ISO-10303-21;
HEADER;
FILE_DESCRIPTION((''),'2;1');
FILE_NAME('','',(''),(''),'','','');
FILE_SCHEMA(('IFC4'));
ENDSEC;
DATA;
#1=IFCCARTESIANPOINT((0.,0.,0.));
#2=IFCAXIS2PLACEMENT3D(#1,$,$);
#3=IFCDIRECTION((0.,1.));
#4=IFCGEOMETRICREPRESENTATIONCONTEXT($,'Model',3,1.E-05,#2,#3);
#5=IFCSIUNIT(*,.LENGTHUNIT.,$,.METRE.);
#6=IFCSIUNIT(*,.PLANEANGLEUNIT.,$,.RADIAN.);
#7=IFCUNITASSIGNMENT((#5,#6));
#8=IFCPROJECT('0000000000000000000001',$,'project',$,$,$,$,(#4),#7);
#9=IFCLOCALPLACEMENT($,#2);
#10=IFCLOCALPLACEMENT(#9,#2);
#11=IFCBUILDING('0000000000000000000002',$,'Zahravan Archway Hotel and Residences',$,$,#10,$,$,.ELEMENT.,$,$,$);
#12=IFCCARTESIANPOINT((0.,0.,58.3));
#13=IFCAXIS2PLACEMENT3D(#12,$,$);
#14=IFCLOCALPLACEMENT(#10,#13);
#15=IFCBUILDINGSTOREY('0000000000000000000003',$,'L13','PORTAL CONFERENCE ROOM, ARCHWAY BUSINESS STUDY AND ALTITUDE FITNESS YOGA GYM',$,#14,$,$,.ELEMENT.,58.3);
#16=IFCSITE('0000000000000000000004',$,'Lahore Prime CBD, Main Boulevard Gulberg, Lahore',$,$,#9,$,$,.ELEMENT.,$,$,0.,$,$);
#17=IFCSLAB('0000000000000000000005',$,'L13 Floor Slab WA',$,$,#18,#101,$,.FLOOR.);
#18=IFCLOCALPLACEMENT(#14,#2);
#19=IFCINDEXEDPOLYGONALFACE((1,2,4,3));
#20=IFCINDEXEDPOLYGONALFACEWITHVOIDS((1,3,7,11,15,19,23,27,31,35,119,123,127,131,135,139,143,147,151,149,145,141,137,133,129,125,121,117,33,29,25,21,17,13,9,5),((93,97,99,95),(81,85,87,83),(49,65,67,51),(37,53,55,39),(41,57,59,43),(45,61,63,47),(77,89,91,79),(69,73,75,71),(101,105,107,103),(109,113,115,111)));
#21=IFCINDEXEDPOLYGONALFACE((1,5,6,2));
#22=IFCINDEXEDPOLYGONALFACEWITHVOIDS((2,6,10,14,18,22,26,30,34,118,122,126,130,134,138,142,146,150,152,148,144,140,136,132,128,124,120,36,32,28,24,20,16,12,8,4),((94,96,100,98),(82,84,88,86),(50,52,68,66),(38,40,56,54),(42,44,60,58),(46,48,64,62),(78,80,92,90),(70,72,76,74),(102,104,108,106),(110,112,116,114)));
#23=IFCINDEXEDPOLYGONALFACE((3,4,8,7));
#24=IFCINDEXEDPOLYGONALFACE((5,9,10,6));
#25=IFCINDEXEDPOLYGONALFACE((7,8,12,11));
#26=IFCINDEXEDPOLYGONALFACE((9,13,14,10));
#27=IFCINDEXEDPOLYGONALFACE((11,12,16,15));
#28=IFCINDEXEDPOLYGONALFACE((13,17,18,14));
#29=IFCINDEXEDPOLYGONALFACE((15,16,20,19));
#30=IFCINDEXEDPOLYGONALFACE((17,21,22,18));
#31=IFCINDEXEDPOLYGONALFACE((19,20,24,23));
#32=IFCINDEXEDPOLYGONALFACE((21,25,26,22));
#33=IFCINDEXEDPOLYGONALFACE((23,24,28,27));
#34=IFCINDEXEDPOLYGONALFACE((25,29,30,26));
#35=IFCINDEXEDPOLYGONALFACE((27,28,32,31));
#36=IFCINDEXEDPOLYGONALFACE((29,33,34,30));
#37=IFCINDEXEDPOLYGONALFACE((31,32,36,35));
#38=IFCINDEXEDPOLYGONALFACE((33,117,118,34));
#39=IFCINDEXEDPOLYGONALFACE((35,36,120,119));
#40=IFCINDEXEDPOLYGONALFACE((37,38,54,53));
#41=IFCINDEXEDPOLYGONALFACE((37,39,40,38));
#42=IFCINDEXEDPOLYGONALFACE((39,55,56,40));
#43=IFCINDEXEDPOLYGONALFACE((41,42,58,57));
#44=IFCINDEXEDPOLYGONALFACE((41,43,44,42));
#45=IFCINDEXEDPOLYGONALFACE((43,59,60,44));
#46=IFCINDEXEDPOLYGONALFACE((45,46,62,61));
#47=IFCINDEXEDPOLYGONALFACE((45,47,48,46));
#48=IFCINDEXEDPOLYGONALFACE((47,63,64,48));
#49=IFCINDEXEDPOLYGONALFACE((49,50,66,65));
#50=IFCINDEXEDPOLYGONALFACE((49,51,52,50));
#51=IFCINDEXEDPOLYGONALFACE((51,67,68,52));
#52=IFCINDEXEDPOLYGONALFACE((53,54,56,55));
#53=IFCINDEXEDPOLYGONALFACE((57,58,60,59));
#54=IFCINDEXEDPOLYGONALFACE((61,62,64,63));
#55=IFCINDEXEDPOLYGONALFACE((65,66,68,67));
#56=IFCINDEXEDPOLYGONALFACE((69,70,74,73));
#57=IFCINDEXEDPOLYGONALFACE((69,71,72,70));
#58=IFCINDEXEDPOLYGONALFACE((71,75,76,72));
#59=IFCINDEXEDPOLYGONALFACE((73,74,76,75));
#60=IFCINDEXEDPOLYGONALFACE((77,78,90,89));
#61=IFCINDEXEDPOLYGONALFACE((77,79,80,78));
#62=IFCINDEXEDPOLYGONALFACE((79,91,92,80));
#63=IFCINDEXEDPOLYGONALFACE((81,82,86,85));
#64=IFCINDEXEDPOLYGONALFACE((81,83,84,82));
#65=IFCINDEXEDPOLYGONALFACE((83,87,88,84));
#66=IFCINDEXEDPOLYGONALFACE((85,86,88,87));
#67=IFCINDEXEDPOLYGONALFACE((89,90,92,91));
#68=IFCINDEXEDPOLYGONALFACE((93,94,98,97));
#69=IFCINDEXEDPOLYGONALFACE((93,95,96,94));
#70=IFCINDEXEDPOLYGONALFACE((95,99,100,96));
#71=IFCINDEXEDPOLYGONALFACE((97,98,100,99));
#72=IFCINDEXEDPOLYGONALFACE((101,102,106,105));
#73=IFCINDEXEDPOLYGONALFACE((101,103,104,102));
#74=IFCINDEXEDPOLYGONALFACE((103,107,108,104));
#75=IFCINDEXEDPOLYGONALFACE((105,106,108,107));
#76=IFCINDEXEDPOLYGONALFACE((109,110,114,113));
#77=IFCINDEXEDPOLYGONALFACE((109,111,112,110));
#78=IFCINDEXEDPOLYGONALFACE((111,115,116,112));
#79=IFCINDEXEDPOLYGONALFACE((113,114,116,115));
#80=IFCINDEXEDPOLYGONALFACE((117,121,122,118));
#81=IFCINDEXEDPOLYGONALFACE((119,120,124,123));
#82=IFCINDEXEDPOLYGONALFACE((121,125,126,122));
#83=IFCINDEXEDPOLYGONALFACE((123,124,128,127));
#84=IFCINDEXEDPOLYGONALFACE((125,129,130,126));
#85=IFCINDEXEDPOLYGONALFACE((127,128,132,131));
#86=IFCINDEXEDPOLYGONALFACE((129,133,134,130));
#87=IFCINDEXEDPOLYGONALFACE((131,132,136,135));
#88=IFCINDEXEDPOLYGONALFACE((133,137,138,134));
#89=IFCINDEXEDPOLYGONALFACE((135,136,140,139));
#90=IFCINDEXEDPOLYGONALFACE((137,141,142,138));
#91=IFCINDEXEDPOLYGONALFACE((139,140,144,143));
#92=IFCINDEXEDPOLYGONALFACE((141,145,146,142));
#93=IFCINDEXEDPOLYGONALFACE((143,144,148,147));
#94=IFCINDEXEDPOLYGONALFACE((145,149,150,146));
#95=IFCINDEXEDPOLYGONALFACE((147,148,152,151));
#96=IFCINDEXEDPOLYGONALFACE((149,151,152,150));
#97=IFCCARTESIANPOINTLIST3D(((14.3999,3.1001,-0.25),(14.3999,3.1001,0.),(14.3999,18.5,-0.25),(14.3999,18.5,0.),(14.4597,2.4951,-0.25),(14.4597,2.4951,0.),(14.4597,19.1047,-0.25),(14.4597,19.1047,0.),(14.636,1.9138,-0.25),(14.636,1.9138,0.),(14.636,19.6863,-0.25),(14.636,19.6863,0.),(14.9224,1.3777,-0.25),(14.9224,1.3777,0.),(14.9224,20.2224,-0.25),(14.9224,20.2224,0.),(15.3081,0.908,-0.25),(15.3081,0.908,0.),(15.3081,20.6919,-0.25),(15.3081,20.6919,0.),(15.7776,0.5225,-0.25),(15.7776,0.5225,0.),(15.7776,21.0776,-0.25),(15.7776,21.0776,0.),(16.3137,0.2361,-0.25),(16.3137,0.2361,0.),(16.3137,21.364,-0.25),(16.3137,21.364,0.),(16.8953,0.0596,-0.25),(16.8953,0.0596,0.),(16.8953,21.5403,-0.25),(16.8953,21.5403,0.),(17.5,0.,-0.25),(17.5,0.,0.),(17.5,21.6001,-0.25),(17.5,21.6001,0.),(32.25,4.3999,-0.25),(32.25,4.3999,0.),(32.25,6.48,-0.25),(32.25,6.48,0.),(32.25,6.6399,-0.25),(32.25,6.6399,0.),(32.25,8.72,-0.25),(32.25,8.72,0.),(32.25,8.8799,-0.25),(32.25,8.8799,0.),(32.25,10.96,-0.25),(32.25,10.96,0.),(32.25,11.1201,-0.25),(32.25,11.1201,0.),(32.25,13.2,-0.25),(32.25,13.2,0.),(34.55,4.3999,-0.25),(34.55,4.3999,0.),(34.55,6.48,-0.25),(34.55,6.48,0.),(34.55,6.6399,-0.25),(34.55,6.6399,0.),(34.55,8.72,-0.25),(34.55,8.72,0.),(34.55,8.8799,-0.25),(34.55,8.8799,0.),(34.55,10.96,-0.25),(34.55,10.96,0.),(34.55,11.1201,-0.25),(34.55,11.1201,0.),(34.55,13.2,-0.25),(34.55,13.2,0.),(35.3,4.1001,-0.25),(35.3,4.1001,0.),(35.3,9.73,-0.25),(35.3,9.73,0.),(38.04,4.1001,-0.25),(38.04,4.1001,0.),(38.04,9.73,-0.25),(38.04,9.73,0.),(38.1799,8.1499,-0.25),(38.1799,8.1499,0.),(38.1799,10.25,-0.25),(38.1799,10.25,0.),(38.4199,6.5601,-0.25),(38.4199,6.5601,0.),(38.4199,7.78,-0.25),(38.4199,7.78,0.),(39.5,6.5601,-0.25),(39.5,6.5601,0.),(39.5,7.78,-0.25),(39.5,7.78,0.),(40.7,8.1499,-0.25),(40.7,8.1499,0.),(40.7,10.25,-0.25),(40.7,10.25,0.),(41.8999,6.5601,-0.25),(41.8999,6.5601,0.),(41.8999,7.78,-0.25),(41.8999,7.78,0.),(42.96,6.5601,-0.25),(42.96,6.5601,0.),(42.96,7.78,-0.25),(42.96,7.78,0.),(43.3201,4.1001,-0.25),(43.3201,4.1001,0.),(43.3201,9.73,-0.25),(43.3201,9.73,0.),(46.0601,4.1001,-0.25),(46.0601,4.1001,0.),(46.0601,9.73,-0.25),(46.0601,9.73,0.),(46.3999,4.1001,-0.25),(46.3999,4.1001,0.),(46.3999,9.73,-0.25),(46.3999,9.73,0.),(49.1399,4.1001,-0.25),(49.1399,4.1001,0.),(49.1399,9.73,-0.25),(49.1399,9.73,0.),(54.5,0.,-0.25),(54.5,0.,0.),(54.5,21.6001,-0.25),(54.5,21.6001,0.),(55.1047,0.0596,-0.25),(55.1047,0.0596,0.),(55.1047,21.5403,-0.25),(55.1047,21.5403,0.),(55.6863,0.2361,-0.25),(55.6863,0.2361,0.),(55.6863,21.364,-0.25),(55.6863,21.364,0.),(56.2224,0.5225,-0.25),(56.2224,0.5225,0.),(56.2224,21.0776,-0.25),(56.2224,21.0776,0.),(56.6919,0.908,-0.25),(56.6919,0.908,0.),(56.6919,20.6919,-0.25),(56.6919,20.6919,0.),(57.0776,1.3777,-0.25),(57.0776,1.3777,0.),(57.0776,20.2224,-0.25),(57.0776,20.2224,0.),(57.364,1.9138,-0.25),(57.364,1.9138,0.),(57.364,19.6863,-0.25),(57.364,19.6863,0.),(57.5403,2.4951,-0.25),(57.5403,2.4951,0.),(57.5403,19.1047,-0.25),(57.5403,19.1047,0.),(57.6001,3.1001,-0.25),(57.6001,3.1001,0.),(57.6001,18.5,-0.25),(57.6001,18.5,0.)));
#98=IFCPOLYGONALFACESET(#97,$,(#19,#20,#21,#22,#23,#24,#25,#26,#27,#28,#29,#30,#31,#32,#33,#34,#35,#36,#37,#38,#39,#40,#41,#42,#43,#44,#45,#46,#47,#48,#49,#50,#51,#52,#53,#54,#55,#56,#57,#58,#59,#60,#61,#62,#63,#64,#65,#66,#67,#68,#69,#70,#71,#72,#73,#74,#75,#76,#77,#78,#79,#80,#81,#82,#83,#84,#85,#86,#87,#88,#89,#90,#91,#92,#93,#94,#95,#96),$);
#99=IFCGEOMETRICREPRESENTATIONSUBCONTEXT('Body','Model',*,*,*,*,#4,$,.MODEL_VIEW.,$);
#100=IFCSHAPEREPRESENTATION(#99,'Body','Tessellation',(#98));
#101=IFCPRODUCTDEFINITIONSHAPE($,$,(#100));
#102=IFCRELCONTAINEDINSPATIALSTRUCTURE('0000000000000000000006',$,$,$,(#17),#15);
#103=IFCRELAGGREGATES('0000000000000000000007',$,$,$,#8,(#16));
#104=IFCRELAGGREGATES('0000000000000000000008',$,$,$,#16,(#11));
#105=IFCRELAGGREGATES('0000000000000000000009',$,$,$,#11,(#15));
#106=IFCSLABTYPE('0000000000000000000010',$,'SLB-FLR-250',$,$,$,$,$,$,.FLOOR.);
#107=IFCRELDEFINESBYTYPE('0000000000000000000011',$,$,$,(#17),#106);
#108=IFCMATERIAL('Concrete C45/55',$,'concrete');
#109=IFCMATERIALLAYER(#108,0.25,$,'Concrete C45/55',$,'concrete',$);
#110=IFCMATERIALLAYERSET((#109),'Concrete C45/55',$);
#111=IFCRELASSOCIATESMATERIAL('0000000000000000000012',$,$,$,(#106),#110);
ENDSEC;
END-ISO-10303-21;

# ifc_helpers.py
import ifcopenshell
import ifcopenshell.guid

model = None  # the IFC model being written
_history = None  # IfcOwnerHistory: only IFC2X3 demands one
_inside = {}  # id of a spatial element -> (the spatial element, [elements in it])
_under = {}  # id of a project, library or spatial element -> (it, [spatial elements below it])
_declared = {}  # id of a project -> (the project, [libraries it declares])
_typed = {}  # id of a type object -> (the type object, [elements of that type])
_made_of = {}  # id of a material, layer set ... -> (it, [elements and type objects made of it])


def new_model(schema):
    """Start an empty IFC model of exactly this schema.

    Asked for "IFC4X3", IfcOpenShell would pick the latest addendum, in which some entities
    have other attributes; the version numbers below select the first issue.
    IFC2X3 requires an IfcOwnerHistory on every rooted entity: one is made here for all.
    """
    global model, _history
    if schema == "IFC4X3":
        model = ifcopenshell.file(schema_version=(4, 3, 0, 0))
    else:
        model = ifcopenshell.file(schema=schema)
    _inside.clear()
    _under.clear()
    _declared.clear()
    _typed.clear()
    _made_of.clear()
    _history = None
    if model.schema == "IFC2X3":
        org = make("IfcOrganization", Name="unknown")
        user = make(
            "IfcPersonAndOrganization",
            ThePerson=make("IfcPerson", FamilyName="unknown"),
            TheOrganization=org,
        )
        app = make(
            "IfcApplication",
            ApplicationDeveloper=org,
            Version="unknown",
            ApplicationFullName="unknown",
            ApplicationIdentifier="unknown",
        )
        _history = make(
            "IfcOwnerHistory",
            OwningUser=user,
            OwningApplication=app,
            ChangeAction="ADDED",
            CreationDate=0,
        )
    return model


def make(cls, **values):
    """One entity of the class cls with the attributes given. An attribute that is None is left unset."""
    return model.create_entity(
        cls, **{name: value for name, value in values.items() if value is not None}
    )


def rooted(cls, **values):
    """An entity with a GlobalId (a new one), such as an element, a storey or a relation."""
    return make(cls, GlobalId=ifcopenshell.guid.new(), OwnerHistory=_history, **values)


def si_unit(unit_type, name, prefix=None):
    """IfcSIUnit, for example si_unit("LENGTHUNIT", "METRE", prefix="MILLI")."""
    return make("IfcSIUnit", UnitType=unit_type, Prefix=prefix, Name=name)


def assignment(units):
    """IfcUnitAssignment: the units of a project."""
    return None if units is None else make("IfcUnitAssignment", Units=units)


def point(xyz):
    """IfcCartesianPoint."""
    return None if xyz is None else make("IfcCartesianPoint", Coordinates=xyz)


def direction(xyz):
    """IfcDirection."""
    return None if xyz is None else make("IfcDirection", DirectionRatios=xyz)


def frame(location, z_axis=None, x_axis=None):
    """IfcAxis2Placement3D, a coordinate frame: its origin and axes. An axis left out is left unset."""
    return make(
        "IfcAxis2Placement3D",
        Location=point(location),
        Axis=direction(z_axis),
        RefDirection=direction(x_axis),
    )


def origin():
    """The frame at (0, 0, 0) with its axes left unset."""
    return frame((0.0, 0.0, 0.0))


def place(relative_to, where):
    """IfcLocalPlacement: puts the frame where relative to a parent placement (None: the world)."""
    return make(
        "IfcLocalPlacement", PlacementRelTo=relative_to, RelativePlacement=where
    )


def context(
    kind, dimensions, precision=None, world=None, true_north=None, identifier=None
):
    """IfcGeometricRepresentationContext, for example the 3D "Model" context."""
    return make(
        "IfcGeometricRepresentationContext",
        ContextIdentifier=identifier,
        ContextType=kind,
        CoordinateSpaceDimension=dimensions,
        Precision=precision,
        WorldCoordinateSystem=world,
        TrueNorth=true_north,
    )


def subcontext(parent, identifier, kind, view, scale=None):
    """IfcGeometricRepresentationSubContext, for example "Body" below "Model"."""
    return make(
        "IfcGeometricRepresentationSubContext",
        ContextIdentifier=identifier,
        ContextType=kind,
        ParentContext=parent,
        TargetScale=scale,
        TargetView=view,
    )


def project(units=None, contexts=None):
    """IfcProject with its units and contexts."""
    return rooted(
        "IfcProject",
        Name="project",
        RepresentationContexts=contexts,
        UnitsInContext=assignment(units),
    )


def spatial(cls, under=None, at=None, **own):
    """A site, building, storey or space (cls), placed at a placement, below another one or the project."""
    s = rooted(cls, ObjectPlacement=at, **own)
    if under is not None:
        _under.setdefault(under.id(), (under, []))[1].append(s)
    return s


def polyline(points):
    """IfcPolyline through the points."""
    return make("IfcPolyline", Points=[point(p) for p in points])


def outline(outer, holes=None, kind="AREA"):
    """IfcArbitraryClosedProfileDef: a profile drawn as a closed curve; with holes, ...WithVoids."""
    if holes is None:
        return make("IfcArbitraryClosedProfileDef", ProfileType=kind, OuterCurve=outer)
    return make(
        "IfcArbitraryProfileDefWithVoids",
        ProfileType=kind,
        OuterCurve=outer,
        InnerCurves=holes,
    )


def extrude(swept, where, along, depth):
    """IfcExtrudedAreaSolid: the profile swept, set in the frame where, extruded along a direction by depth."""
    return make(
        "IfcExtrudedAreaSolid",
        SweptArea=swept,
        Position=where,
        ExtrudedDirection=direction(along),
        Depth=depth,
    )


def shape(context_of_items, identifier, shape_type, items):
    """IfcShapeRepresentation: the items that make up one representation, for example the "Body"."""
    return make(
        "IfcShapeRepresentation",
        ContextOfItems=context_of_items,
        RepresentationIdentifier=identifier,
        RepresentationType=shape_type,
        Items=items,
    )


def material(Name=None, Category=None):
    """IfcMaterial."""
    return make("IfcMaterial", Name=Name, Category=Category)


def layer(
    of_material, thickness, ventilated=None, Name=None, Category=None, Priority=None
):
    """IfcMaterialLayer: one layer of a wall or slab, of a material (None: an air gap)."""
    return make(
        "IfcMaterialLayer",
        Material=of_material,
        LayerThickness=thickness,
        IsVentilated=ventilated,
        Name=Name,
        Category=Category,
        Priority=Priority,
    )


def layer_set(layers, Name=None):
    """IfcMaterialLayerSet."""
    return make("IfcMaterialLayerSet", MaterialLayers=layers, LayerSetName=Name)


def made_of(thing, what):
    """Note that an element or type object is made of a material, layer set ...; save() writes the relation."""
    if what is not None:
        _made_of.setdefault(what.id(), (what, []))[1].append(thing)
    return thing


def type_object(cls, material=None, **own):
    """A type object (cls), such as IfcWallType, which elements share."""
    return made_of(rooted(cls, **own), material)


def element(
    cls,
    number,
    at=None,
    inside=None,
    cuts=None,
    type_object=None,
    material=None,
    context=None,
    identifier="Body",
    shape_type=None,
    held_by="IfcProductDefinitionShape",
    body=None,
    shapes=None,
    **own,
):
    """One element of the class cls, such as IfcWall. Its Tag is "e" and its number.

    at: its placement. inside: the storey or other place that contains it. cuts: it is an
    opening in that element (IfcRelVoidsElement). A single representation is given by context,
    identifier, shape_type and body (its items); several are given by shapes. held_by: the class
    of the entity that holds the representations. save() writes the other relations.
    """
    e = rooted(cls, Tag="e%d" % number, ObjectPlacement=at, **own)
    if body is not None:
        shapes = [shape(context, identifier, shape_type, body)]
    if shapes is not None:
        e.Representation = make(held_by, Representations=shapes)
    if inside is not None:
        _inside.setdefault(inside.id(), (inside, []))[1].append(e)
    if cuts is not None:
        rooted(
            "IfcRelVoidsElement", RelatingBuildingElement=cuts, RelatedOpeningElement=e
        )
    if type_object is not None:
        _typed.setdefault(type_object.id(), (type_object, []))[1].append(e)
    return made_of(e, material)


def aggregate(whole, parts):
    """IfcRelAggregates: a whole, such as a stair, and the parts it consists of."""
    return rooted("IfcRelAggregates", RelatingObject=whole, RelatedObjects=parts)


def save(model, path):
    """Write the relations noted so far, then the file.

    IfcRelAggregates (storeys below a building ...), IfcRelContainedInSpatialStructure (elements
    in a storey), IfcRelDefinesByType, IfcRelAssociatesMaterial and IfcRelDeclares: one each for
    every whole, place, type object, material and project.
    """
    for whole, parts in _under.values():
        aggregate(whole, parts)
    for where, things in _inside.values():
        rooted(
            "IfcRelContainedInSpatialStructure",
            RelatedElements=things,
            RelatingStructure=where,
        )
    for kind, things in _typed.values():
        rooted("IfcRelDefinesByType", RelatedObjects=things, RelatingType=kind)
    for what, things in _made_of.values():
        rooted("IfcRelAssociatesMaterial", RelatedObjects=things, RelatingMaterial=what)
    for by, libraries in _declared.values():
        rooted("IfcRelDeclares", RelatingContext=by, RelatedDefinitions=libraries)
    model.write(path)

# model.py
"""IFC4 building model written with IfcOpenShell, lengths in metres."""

from ifc_helpers import new_model, si_unit, direction, frame, origin, place, context, subcontext, project, spatial, polyline, outline, extrude, material, layer, layer_set, type_object, element, save


model = new_model("IFC4")

# Units and contexts
model_context = context("Model", 3, precision=1e-05, world=origin(), true_north=direction((0.0, 1.0)))
body_context = subcontext(model_context, "Body", "Model", "MODEL_VIEW")
ifc_project = project(units=[si_unit("LENGTHUNIT", "METRE"), si_unit("PLANEANGLEUNIT", "RADIAN")], contexts=[model_context])

# Site, building, storey
site_placement = place(None, origin())
site = spatial("IfcSite", under=ifc_project, at=site_placement, Name="Lahore Prime CBD, Main Boulevard Gulberg, Lahore", CompositionType="ELEMENT", RefElevation=0.0)
building_placement = place(site_placement, origin())
building = spatial("IfcBuilding", under=site, at=building_placement, Name="Zahravan Archway Hotel and Residences", CompositionType="ELEMENT")
storey_placement = place(building_placement, frame((0.0, 0.0, 58.3)))
storey = spatial("IfcBuildingStorey", under=building, at=storey_placement, Name="L13", Description="PORTAL CONFERENCE ROOM, ARCHWAY BUSINESS STUDY AND ALTITUDE FITNESS YOGA GYM", CompositionType="ELEMENT", Elevation=58.3)

# Slab
ifc_material_1 = material(Name="Concrete C45/55", Category="concrete")
ifc_layer_1 = layer(ifc_material_1, 0.25, Name="Concrete C45/55", Category="concrete")
ifc_layer_set_1 = layer_set([ifc_layer_1], Name="Concrete C45/55")
slab_type_1 = type_object("IfcSlabType", Name="SLB-FLR-250", PredefinedType="FLOOR", material=ifc_layer_set_1)
slab_1_placement = place(storey_placement, frame((0.0, 0.0, -0.25)))
element("IfcSlab", 1, at=slab_1_placement, inside=storey, type_object=slab_type_1, Name="L13 Floor Slab WA", PredefinedType="FLOOR", context=body_context, shape_type="SweptSolid", body=[
    extrude(outline(polyline([(54.5, 0.0), (55.1047, 0.0596), (55.6863, 0.2361), (56.2224, 0.5225), (56.6919, 0.908), (57.0776, 1.3777), (57.364, 1.9138), (57.5403, 2.4951), (57.6001, 3.1001), (57.6001, 18.5), (57.5403, 19.1047), (57.364, 19.6863), (57.0776, 20.2224), (56.6919, 20.6919), (56.2224, 21.0776), (55.6863, 21.364), (55.1047, 21.5403), (54.5, 21.6001), (17.5, 21.6001), (16.8953, 21.5403), (16.3137, 21.364), (15.7776, 21.0776), (15.3081, 20.6919), (14.9224, 20.2224), (14.636, 19.6863), (14.4597, 19.1047), (14.3999, 18.5), (14.3999, 3.1001), (14.4597, 2.4951), (14.636, 1.9138), (14.9224, 1.3777), (15.3081, 0.908), (15.7776, 0.5225), (16.3137, 0.2361), (16.8953, 0.0596), (17.5, 0.0), (54.5, 0.0)]), holes=[polyline([(35.3, 9.73), (35.3, 4.1001), (38.04, 4.1001), (38.04, 9.73), (35.3, 9.73)]), polyline([(43.3201, 9.73), (43.3201, 4.1001), (46.0601, 4.1001), (46.0601, 9.73), (43.3201, 9.73)]), polyline([(46.3999, 9.73), (46.3999, 4.1001), (49.1399, 4.1001), (49.1399, 9.73), (46.3999, 9.73)]), polyline([(38.1799, 8.1499), (40.7, 8.1499), (40.7, 10.25), (38.1799, 10.25), (38.1799, 8.1499)]), polyline([(32.25, 4.3999), (34.55, 4.3999), (34.55, 6.48), (32.25, 6.48), (32.25, 4.3999)]), polyline([(32.25, 6.6399), (34.55, 6.6399), (34.55, 8.72), (32.25, 8.72), (32.25, 6.6399)]), polyline([(32.25, 8.8799), (34.55, 8.8799), (34.55, 10.96), (32.25, 10.96), (32.25, 8.8799)]), polyline([(32.25, 11.1201), (34.55, 11.1201), (34.55, 13.2), (32.25, 13.2), (32.25, 11.1201)]), polyline([(38.4199, 6.5601), (39.5, 6.5601), (39.5, 7.78), (38.4199, 7.78), (38.4199, 6.5601)]), polyline([(41.8999, 6.5601), (42.96, 6.5601), (42.96, 7.78), (41.8999, 7.78), (41.8999, 6.5601)])]), origin(), (0.0, 0.0, 1.0), 0.25),
])

save(model, "model.ifc")
